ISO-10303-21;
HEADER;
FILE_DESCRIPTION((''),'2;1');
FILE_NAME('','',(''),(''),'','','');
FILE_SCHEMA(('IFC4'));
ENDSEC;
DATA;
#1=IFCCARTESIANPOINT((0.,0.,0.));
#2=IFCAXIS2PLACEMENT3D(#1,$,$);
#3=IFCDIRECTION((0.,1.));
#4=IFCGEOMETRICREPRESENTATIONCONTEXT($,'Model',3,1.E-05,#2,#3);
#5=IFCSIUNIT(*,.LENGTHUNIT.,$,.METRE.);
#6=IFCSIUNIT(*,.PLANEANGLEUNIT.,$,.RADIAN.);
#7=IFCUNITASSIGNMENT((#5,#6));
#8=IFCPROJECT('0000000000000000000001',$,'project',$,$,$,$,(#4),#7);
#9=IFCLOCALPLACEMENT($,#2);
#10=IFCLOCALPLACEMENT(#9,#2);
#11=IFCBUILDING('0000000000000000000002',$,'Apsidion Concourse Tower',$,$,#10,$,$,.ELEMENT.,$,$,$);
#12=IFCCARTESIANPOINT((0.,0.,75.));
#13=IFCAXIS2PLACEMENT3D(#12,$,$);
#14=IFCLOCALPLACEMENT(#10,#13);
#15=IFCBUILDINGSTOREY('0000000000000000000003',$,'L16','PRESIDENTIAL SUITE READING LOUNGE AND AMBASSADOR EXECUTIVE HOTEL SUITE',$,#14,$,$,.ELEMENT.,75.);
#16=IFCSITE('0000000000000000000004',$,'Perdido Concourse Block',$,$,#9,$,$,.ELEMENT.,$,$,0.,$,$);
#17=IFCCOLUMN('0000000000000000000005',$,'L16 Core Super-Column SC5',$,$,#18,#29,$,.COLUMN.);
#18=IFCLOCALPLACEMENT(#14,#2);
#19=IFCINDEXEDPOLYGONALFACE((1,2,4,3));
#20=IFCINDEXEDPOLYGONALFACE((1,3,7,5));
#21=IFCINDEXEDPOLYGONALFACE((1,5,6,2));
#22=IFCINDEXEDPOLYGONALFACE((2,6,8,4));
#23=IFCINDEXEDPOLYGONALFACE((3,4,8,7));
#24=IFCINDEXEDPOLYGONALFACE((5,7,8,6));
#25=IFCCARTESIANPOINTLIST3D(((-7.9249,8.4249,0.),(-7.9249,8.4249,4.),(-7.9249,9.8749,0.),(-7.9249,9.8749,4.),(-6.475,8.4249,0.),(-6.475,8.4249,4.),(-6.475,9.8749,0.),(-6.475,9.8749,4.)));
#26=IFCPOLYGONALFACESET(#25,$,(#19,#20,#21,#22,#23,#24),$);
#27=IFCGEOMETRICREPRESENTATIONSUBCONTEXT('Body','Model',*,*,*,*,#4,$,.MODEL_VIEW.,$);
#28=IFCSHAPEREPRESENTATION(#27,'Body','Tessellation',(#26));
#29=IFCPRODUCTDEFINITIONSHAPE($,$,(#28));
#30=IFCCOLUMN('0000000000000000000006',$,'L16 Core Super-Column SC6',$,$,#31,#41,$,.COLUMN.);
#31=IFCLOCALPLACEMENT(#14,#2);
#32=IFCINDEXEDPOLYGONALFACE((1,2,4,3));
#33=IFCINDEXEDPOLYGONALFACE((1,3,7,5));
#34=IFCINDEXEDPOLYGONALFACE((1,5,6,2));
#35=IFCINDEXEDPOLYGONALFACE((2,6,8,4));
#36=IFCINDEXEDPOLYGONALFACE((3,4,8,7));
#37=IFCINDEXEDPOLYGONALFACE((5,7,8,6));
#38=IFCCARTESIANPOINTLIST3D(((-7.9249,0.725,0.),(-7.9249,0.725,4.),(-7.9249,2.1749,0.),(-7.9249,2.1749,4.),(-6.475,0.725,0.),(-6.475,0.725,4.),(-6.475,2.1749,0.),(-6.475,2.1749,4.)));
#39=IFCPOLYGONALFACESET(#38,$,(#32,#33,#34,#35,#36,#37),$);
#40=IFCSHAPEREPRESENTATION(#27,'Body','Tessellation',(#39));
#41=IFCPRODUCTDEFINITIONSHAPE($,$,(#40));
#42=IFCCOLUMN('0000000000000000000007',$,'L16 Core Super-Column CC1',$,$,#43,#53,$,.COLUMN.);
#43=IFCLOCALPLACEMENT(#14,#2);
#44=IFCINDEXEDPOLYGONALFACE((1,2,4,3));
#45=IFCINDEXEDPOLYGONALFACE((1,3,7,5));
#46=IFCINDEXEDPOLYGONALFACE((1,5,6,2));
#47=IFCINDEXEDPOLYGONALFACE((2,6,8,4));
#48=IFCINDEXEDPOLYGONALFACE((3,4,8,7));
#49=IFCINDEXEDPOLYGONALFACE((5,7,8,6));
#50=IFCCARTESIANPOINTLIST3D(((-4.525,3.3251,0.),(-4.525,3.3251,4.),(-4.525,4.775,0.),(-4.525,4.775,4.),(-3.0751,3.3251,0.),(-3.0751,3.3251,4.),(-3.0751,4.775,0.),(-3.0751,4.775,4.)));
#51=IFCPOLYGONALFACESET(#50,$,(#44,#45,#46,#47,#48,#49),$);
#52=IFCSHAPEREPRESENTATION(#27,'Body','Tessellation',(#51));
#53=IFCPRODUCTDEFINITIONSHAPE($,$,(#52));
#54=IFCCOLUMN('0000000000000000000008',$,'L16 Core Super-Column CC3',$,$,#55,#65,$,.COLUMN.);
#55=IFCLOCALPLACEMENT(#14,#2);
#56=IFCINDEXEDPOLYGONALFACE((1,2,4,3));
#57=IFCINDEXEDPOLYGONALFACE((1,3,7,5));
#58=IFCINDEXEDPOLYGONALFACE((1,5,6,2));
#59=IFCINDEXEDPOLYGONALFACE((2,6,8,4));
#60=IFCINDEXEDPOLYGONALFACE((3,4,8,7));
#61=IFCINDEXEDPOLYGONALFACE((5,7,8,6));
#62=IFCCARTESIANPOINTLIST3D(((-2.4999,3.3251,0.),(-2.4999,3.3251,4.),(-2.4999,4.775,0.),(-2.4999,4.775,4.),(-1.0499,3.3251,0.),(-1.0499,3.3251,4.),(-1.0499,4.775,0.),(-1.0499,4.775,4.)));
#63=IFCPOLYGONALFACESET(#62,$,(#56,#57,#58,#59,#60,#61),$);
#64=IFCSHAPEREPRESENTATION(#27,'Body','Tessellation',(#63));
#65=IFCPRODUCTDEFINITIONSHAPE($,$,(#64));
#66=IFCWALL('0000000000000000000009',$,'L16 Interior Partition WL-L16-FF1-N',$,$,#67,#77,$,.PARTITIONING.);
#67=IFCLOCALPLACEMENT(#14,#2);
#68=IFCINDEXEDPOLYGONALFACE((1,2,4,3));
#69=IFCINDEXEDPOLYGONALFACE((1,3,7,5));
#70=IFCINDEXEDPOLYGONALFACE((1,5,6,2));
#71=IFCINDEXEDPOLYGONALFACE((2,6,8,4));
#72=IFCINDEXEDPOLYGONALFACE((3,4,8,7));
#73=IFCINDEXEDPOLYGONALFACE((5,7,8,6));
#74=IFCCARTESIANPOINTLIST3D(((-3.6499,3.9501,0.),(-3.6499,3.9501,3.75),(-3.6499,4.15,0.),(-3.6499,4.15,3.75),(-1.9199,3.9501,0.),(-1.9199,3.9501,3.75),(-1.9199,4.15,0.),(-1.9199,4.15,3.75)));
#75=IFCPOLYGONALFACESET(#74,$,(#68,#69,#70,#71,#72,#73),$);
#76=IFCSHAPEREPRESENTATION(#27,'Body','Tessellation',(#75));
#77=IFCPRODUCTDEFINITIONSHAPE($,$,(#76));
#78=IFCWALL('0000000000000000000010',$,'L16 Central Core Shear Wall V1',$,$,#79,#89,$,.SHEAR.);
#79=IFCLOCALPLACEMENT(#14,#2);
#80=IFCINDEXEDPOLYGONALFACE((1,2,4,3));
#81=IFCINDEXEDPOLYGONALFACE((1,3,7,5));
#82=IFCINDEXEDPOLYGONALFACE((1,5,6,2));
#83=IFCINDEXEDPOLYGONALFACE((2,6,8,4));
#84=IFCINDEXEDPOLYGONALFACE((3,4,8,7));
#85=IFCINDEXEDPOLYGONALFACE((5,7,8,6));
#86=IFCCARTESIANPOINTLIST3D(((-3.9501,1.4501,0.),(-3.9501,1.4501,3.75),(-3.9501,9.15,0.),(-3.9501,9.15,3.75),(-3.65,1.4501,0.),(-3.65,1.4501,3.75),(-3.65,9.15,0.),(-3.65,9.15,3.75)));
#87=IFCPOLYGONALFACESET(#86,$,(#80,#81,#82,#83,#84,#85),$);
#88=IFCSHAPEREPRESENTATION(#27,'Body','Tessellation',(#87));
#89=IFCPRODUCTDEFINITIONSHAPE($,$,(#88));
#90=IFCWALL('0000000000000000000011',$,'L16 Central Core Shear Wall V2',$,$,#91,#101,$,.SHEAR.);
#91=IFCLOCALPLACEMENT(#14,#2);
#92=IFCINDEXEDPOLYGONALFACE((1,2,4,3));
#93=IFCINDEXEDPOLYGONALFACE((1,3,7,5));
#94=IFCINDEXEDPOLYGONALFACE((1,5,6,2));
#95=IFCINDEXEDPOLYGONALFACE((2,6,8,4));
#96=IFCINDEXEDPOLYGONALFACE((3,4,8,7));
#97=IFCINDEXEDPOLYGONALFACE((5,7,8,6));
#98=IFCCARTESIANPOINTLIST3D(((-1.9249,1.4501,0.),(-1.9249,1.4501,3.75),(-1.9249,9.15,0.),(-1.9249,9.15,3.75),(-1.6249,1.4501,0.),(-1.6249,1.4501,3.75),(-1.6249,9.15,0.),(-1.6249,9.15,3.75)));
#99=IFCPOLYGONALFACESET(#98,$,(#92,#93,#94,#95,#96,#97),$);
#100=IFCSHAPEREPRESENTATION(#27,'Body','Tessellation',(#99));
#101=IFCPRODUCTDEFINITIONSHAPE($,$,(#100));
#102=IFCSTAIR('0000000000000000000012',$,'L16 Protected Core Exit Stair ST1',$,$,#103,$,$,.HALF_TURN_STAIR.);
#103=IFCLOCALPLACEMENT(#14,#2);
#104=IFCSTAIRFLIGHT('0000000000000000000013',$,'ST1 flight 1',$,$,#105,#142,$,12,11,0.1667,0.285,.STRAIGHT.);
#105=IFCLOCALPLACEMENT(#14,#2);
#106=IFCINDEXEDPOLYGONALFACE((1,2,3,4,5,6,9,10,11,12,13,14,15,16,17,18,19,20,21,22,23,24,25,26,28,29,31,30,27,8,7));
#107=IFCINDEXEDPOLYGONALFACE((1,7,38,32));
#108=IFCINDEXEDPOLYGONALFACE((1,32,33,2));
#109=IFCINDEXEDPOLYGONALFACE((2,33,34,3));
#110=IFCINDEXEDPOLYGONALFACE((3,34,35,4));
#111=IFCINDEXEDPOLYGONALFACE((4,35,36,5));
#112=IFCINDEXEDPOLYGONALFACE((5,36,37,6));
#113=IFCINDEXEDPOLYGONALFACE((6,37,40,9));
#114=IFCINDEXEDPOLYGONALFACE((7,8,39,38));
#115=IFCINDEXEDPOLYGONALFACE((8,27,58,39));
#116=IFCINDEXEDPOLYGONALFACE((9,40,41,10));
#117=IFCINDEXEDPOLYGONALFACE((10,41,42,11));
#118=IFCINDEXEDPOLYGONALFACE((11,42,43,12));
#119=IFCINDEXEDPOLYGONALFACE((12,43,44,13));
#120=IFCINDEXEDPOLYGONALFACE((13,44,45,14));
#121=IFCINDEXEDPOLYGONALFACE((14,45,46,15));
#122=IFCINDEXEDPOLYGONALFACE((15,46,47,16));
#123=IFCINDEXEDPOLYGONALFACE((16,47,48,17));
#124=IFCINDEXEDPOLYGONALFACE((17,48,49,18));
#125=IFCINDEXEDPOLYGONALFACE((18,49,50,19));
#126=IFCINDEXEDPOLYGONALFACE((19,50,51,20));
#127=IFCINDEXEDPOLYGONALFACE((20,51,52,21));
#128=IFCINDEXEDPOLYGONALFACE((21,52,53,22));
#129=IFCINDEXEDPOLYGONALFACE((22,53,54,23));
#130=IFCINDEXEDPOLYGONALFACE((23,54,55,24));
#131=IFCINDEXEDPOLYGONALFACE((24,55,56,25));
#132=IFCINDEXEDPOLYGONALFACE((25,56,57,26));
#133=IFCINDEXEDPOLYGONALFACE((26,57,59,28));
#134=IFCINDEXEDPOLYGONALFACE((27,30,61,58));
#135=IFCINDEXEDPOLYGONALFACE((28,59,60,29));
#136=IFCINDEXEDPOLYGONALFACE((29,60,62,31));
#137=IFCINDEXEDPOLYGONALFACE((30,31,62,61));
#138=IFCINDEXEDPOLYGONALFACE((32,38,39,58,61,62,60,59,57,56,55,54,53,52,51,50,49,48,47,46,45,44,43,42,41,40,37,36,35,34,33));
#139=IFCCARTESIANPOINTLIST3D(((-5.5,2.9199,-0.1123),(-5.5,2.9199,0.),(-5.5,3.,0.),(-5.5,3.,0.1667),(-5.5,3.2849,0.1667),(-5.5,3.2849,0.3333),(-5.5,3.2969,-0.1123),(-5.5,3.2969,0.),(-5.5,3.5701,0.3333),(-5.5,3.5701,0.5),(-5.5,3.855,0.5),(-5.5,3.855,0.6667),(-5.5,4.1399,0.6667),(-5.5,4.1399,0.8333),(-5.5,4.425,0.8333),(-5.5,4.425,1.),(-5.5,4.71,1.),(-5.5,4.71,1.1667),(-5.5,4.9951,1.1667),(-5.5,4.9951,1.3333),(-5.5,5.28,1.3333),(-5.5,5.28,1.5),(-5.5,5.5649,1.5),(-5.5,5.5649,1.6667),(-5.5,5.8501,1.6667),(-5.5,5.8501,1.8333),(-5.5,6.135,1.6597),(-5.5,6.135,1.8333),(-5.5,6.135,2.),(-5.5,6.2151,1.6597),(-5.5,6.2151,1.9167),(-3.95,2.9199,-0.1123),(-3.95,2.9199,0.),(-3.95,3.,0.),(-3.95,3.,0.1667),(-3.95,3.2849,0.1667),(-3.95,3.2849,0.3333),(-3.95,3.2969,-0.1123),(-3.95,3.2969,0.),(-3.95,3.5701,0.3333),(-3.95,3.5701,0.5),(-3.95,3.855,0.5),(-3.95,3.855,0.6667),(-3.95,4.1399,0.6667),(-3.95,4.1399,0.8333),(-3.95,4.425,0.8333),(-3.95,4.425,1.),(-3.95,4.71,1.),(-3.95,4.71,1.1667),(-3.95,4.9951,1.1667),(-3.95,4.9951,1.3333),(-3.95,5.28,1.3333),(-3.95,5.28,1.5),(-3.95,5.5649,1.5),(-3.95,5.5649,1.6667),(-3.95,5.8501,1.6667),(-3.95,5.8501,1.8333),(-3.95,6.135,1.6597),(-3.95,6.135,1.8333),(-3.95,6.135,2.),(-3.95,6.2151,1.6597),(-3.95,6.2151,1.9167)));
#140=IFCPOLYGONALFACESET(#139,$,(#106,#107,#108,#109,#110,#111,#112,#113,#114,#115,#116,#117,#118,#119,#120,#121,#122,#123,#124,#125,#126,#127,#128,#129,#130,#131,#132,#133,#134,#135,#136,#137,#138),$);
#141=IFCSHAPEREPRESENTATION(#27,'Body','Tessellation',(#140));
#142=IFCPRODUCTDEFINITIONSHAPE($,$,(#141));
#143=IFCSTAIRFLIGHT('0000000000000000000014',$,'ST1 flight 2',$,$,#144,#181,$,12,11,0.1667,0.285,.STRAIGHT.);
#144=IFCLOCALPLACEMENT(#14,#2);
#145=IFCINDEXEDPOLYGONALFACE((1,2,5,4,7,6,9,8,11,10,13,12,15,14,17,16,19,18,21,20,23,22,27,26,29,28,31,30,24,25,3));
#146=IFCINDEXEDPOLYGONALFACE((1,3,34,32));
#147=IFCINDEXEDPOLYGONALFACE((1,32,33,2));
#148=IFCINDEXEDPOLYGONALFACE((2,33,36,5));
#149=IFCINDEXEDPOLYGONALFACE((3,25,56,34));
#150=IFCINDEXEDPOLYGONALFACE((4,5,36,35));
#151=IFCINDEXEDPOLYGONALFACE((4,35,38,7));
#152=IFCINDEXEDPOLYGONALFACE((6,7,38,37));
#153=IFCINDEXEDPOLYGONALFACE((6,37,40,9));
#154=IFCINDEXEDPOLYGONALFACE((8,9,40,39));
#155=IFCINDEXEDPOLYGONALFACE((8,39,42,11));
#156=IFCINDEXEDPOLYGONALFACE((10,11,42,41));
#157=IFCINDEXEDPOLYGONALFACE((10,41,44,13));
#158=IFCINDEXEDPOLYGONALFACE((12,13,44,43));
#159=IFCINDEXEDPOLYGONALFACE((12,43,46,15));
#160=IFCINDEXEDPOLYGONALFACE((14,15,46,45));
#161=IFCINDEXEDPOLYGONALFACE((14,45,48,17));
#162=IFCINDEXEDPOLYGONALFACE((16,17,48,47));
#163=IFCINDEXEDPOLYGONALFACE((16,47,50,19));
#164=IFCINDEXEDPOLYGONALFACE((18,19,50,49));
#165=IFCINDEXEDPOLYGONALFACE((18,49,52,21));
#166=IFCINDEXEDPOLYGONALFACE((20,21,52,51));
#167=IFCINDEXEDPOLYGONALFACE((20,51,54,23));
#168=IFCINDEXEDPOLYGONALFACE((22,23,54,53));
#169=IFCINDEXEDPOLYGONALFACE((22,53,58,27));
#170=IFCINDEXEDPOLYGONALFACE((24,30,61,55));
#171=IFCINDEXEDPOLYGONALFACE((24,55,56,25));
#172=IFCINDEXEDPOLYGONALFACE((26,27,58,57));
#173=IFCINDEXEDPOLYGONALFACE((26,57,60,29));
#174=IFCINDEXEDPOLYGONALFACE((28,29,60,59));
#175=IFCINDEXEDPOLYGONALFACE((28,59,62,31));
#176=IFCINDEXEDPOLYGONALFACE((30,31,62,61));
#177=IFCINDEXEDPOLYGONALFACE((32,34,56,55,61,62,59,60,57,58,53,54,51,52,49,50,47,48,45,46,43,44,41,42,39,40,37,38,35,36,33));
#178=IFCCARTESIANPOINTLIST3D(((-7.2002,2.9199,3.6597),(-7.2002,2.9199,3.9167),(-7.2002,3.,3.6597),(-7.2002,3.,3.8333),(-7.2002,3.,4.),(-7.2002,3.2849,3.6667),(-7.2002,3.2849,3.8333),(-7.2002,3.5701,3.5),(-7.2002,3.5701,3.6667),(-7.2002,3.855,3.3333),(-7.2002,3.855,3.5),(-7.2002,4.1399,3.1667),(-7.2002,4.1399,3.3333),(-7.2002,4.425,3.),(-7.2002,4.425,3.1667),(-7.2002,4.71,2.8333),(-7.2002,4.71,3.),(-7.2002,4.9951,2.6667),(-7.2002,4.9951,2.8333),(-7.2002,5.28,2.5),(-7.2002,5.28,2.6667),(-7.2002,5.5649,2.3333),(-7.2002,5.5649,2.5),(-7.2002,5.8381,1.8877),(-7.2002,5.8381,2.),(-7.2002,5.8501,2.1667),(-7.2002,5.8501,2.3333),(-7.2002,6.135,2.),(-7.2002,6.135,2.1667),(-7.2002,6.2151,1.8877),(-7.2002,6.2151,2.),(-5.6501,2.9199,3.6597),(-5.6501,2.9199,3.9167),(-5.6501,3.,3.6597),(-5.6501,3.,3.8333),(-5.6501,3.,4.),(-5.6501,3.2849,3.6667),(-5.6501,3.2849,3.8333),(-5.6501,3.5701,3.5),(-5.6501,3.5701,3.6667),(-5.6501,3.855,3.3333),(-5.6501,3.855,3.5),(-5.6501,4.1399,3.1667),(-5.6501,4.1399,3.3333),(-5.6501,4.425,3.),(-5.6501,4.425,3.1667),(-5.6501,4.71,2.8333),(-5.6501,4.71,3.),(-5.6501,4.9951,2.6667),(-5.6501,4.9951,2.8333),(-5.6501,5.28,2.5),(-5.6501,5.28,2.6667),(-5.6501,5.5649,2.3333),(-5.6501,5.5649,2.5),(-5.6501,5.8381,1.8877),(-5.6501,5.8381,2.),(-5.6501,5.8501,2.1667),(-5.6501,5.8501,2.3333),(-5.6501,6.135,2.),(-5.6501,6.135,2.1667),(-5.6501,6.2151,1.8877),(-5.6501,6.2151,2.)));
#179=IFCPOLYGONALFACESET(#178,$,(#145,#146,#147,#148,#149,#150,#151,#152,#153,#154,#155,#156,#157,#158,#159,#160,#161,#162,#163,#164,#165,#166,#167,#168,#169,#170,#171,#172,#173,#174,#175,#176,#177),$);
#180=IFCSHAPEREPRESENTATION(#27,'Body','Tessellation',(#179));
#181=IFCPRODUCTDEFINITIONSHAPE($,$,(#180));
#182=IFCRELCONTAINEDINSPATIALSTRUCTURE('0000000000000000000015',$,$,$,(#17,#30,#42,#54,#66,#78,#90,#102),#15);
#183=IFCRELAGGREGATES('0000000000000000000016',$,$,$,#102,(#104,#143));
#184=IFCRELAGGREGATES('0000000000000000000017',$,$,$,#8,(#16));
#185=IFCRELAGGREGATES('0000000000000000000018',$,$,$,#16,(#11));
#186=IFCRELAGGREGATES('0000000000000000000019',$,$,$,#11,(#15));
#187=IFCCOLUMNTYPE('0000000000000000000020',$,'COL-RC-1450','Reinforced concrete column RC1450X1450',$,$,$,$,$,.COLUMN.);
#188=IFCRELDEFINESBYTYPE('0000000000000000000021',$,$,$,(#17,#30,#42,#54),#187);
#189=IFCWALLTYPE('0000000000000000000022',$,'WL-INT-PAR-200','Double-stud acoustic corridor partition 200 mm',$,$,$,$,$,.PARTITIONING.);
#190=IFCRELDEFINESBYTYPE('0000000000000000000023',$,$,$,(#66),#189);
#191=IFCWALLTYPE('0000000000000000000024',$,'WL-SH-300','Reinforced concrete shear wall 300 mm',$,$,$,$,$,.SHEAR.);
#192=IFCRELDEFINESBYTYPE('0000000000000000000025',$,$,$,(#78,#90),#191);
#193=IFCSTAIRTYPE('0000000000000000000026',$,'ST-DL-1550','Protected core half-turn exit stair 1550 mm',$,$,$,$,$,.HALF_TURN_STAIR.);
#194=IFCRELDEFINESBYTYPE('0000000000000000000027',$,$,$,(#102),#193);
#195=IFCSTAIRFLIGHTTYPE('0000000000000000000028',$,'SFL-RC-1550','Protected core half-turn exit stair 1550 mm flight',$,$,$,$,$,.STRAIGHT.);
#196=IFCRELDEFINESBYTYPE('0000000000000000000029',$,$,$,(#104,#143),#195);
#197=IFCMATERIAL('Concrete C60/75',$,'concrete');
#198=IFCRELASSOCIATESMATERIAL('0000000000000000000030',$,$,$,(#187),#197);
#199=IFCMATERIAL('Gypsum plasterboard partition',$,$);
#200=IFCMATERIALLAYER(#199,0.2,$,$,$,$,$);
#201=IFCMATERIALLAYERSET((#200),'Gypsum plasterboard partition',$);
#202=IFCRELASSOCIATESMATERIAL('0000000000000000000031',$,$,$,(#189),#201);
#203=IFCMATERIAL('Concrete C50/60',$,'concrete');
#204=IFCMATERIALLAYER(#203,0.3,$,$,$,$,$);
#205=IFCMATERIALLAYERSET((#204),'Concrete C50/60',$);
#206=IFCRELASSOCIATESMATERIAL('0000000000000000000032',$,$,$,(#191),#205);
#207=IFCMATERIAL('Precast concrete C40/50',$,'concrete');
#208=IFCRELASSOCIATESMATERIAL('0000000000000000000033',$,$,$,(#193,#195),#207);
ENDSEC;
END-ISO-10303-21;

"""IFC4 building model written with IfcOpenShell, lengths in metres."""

from ifc_helpers import new_model, si_unit, direction, frame, frame_2d, origin, origin_2d, place, context, subcontext, project, spatial, polyline, rectangle, outline, extrude, material, layer, layer_set, material_profile, profile_set, type_object, element, aggregate, save


model = new_model("IFC4")

# Units and contexts
model_context = context("Model", 3, precision=1e-05, world=origin(), true_north=direction((0.0, 1.0)))
body_context = subcontext(model_context, "Body", "Model", "MODEL_VIEW")
ifc_project = project(units=[si_unit("LENGTHUNIT", "METRE"), si_unit("PLANEANGLEUNIT", "RADIAN")], contexts=[model_context])

# Site, building, storey
site_placement = place(None, origin())
site = spatial("IfcSite", under=ifc_project, at=site_placement, Name="Perdido Concourse Block", CompositionType="ELEMENT", RefElevation=0.0)
building_placement = place(site_placement, origin())
building = spatial("IfcBuilding", under=site, at=building_placement, Name="Apsidion Concourse Tower", CompositionType="ELEMENT")
storey_placement = place(building_placement, frame((0.0, 0.0, 75.0)))
storey = spatial("IfcBuildingStorey", under=building, at=storey_placement, Name="L16", Description="PRESIDENTIAL SUITE READING LOUNGE AND AMBASSADOR EXECUTIVE HOTEL SUITE", CompositionType="ELEMENT", Elevation=75.0)

# Columns
ifc_material_1 = material(Name="Concrete C60/75", Category="concrete")
ifc_material_profile = material_profile(ifc_material_1, rectangle(XDim=1.45, YDim=1.45, at=origin_2d()), Name="RC 1450x1450")
ifc_profile_set = profile_set([ifc_material_profile], Name="Concrete C60/75")
column_type = type_object("IfcColumnType", Name="COL-RC-1450", Description="Reinforced concrete column RC1450X1450", PredefinedType="COLUMN", material=ifc_profile_set)
for number, where, z_axis, x_axis, name in (
    (1, (-7.2, 9.1499, 0.0), (0.0, 0.0, 1.0), (1.0, 0.0, 0.0), "L16 Core Super-Column SC5"),
    (2, (-7.2, 1.45, 0.0), (0.0, 0.0, 1.0), (1.0, 0.0, 0.0), "L16 Core Super-Column SC6"),
    (3, (-3.8, 4.05, 0.0), (0.0, 0.0, 1.0), (1.0, 0.0, 0.0), "L16 Core Super-Column CC1"),
    (4, (-1.7749, 4.05, 0.0), (0.0, 0.0, 1.0), (1.0, 0.0, 0.0), "L16 Core Super-Column CC3"),
):
    element("IfcColumn", number, at=place(storey_placement, frame(where, z_axis=z_axis, x_axis=x_axis)), inside=storey, type_object=column_type, Name=name, PredefinedType="COLUMN", context=body_context, shape_type="SweptSolid", body=[
        extrude(rectangle(XDim=1.45, YDim=1.45, at=origin_2d()), origin(), (0.0, 0.0, 1.0), 4.0),
    ])

# Walls
ifc_material_2 = material(Name="Gypsum plasterboard partition")
ifc_layer_1 = layer(ifc_material_2, 0.2)
ifc_layer_set_1 = layer_set([ifc_layer_1], Name="Gypsum plasterboard partition")
wall_type_1 = type_object("IfcWallType", Name="WL-INT-PAR-200", Description="Double-stud acoustic corridor partition 200 mm", PredefinedType="PARTITIONING", material=ifc_layer_set_1)
wall_1_placement = place(storey_placement, frame((-3.6499, 4.05, 0.0), z_axis=(0.0, 0.0, 1.0), x_axis=(1.0, 0.0, 0.0)))
element("IfcWall", 5, at=wall_1_placement, inside=storey, type_object=wall_type_1, Name="L16 Interior Partition WL-L16-FF1-N", PredefinedType="PARTITIONING", context=body_context, shape_type="SweptSolid", body=[
    extrude(rectangle(XDim=1.73, YDim=0.2, at=frame_2d((0.865, 0.0))), origin(), (0.0, 0.0, 1.0), 3.75),
])
ifc_material_3 = material(Name="Concrete C50/60", Category="concrete")
ifc_layer_2 = layer(ifc_material_3, 0.3)
ifc_layer_set_2 = layer_set([ifc_layer_2], Name="Concrete C50/60")
wall_type_2 = type_object("IfcWallType", Name="WL-SH-300", Description="Reinforced concrete shear wall 300 mm", PredefinedType="SHEAR", material=ifc_layer_set_2)
for number, where, z_axis, x_axis, name in (
    (6, (-3.8, 1.45, 0.0), (0.0, 0.0, 1.0), (0.0, 1.0, 0.0), "L16 Central Core Shear Wall V1"),
    (7, (-1.7749, 1.45, 0.0), (0.0, 0.0, 1.0), (0.0, 1.0, 0.0), "L16 Central Core Shear Wall V2"),
):
    element("IfcWall", number, at=place(storey_placement, frame(where, z_axis=z_axis, x_axis=x_axis)), inside=storey, type_object=wall_type_2, Name=name, PredefinedType="SHEAR", context=body_context, shape_type="SweptSolid", body=[
        extrude(rectangle(XDim=7.7, YDim=0.3, at=frame_2d((3.8501, 0.0))), origin(), (0.0, 0.0, 1.0), 3.75),
    ])

# Stair, stair flights
ifc_material_4 = material(Name="Precast concrete C40/50", Category="concrete")
stair_type = type_object("IfcStairType", Name="ST-DL-1550", Description="Protected core half-turn exit stair 1550 mm", PredefinedType="HALF_TURN_STAIR", material=ifc_material_4)
stair_placement = place(storey_placement, origin())
stair = element("IfcStair", 8, at=stair_placement, inside=storey, type_object=stair_type, Name="L16 Protected Core Exit Stair ST1", PredefinedType="HALF_TURN_STAIR")
stair_flight_type = type_object("IfcStairFlightType", Name="SFL-RC-1550", Description="Protected core half-turn exit stair 1550 mm flight", PredefinedType="STRAIGHT", material=ifc_material_4)
stair_flight_1_placement = place(storey_placement, frame((-4.7251, 3.0, 0.0), z_axis=(0.0, 0.0, 1.0), x_axis=(0.0, 1.0, 0.0)))
stair_flight_1 = element("IfcStairFlight", 9, at=stair_flight_1_placement, type_object=stair_flight_type, Name="ST1 flight 1", NumberOfRisers=12, NumberOfTreads=11, PredefinedType="STRAIGHT", RiserHeight=0.1667, TreadLength=0.285, context=body_context, shape_type="SweptSolid", body=[
    extrude(outline(polyline([(-0.0801, -0.1123), (-0.0801, 0.0), (0.0, 0.0), (0.0, 0.1667), (0.2849, 0.1667), (0.2849, 0.3333), (0.5701, 0.3333), (0.5701, 0.5), (0.855, 0.5), (0.855, 0.6667), (1.1399, 0.6667), (1.1399, 0.8333), (1.425, 0.8333), (1.425, 1.0), (1.71, 1.0), (1.71, 1.1667), (1.9951, 1.1667), (1.9951, 1.3333), (2.28, 1.3333), (2.28, 1.5), (2.5649, 1.5), (2.5649, 1.6667), (2.8501, 1.6667), (2.8501, 1.8333), (3.135, 1.8333), (3.135, 2.0), (3.2151, 1.9167), (3.2151, 1.6597), (3.135, 1.6597), (0.2969, 0.0), (0.2969, -0.1123), (-0.0801, -0.1123)])), frame((0.0, 0.7749, 0.0), z_axis=(0.0, -1.0, 0.0), x_axis=(1.0, 0.0, 0.0)), (0.0, 0.0, 1.0), 1.55),
])
stair_flight_2_placement = place(storey_placement, frame((-6.425, 6.135, 2.0), z_axis=(0.0, 0.0, 1.0), x_axis=(0.0, -1.0, 0.0)))
stair_flight_2 = element("IfcStairFlight", 10, at=stair_flight_2_placement, type_object=stair_flight_type, Name="ST1 flight 2", NumberOfRisers=12, NumberOfTreads=11, PredefinedType="STRAIGHT", RiserHeight=0.1667, TreadLength=0.285, context=body_context, shape_type="SweptSolid", body=[
    extrude(outline(polyline([(-0.0801, -0.1123), (-0.0801, 0.0), (0.0, 0.0), (0.0, 0.1667), (0.2849, 0.1667), (0.2849, 0.3333), (0.5701, 0.3333), (0.5701, 0.5), (0.855, 0.5), (0.855, 0.6667), (1.1399, 0.6667), (1.1399, 0.8333), (1.425, 0.8333), (1.425, 1.0), (1.71, 1.0), (1.71, 1.1667), (1.9951, 1.1667), (1.9951, 1.3333), (2.28, 1.3333), (2.28, 1.5), (2.5649, 1.5), (2.5649, 1.6667), (2.8501, 1.6667), (2.8501, 1.8333), (3.135, 1.8333), (3.135, 2.0), (3.2151, 1.9167), (3.2151, 1.6597), (3.135, 1.6597), (0.2969, 0.0), (0.2969, -0.1123), (-0.0801, -0.1123)])), frame((0.0, 0.7749, 0.0), z_axis=(0.0, -1.0, 0.0), x_axis=(1.0, 0.0, 0.0)), (0.0, 0.0, 1.0), 1.55),
])
aggregate(stair, [stair_flight_1, stair_flight_2])

save(model, "model.ifc")
